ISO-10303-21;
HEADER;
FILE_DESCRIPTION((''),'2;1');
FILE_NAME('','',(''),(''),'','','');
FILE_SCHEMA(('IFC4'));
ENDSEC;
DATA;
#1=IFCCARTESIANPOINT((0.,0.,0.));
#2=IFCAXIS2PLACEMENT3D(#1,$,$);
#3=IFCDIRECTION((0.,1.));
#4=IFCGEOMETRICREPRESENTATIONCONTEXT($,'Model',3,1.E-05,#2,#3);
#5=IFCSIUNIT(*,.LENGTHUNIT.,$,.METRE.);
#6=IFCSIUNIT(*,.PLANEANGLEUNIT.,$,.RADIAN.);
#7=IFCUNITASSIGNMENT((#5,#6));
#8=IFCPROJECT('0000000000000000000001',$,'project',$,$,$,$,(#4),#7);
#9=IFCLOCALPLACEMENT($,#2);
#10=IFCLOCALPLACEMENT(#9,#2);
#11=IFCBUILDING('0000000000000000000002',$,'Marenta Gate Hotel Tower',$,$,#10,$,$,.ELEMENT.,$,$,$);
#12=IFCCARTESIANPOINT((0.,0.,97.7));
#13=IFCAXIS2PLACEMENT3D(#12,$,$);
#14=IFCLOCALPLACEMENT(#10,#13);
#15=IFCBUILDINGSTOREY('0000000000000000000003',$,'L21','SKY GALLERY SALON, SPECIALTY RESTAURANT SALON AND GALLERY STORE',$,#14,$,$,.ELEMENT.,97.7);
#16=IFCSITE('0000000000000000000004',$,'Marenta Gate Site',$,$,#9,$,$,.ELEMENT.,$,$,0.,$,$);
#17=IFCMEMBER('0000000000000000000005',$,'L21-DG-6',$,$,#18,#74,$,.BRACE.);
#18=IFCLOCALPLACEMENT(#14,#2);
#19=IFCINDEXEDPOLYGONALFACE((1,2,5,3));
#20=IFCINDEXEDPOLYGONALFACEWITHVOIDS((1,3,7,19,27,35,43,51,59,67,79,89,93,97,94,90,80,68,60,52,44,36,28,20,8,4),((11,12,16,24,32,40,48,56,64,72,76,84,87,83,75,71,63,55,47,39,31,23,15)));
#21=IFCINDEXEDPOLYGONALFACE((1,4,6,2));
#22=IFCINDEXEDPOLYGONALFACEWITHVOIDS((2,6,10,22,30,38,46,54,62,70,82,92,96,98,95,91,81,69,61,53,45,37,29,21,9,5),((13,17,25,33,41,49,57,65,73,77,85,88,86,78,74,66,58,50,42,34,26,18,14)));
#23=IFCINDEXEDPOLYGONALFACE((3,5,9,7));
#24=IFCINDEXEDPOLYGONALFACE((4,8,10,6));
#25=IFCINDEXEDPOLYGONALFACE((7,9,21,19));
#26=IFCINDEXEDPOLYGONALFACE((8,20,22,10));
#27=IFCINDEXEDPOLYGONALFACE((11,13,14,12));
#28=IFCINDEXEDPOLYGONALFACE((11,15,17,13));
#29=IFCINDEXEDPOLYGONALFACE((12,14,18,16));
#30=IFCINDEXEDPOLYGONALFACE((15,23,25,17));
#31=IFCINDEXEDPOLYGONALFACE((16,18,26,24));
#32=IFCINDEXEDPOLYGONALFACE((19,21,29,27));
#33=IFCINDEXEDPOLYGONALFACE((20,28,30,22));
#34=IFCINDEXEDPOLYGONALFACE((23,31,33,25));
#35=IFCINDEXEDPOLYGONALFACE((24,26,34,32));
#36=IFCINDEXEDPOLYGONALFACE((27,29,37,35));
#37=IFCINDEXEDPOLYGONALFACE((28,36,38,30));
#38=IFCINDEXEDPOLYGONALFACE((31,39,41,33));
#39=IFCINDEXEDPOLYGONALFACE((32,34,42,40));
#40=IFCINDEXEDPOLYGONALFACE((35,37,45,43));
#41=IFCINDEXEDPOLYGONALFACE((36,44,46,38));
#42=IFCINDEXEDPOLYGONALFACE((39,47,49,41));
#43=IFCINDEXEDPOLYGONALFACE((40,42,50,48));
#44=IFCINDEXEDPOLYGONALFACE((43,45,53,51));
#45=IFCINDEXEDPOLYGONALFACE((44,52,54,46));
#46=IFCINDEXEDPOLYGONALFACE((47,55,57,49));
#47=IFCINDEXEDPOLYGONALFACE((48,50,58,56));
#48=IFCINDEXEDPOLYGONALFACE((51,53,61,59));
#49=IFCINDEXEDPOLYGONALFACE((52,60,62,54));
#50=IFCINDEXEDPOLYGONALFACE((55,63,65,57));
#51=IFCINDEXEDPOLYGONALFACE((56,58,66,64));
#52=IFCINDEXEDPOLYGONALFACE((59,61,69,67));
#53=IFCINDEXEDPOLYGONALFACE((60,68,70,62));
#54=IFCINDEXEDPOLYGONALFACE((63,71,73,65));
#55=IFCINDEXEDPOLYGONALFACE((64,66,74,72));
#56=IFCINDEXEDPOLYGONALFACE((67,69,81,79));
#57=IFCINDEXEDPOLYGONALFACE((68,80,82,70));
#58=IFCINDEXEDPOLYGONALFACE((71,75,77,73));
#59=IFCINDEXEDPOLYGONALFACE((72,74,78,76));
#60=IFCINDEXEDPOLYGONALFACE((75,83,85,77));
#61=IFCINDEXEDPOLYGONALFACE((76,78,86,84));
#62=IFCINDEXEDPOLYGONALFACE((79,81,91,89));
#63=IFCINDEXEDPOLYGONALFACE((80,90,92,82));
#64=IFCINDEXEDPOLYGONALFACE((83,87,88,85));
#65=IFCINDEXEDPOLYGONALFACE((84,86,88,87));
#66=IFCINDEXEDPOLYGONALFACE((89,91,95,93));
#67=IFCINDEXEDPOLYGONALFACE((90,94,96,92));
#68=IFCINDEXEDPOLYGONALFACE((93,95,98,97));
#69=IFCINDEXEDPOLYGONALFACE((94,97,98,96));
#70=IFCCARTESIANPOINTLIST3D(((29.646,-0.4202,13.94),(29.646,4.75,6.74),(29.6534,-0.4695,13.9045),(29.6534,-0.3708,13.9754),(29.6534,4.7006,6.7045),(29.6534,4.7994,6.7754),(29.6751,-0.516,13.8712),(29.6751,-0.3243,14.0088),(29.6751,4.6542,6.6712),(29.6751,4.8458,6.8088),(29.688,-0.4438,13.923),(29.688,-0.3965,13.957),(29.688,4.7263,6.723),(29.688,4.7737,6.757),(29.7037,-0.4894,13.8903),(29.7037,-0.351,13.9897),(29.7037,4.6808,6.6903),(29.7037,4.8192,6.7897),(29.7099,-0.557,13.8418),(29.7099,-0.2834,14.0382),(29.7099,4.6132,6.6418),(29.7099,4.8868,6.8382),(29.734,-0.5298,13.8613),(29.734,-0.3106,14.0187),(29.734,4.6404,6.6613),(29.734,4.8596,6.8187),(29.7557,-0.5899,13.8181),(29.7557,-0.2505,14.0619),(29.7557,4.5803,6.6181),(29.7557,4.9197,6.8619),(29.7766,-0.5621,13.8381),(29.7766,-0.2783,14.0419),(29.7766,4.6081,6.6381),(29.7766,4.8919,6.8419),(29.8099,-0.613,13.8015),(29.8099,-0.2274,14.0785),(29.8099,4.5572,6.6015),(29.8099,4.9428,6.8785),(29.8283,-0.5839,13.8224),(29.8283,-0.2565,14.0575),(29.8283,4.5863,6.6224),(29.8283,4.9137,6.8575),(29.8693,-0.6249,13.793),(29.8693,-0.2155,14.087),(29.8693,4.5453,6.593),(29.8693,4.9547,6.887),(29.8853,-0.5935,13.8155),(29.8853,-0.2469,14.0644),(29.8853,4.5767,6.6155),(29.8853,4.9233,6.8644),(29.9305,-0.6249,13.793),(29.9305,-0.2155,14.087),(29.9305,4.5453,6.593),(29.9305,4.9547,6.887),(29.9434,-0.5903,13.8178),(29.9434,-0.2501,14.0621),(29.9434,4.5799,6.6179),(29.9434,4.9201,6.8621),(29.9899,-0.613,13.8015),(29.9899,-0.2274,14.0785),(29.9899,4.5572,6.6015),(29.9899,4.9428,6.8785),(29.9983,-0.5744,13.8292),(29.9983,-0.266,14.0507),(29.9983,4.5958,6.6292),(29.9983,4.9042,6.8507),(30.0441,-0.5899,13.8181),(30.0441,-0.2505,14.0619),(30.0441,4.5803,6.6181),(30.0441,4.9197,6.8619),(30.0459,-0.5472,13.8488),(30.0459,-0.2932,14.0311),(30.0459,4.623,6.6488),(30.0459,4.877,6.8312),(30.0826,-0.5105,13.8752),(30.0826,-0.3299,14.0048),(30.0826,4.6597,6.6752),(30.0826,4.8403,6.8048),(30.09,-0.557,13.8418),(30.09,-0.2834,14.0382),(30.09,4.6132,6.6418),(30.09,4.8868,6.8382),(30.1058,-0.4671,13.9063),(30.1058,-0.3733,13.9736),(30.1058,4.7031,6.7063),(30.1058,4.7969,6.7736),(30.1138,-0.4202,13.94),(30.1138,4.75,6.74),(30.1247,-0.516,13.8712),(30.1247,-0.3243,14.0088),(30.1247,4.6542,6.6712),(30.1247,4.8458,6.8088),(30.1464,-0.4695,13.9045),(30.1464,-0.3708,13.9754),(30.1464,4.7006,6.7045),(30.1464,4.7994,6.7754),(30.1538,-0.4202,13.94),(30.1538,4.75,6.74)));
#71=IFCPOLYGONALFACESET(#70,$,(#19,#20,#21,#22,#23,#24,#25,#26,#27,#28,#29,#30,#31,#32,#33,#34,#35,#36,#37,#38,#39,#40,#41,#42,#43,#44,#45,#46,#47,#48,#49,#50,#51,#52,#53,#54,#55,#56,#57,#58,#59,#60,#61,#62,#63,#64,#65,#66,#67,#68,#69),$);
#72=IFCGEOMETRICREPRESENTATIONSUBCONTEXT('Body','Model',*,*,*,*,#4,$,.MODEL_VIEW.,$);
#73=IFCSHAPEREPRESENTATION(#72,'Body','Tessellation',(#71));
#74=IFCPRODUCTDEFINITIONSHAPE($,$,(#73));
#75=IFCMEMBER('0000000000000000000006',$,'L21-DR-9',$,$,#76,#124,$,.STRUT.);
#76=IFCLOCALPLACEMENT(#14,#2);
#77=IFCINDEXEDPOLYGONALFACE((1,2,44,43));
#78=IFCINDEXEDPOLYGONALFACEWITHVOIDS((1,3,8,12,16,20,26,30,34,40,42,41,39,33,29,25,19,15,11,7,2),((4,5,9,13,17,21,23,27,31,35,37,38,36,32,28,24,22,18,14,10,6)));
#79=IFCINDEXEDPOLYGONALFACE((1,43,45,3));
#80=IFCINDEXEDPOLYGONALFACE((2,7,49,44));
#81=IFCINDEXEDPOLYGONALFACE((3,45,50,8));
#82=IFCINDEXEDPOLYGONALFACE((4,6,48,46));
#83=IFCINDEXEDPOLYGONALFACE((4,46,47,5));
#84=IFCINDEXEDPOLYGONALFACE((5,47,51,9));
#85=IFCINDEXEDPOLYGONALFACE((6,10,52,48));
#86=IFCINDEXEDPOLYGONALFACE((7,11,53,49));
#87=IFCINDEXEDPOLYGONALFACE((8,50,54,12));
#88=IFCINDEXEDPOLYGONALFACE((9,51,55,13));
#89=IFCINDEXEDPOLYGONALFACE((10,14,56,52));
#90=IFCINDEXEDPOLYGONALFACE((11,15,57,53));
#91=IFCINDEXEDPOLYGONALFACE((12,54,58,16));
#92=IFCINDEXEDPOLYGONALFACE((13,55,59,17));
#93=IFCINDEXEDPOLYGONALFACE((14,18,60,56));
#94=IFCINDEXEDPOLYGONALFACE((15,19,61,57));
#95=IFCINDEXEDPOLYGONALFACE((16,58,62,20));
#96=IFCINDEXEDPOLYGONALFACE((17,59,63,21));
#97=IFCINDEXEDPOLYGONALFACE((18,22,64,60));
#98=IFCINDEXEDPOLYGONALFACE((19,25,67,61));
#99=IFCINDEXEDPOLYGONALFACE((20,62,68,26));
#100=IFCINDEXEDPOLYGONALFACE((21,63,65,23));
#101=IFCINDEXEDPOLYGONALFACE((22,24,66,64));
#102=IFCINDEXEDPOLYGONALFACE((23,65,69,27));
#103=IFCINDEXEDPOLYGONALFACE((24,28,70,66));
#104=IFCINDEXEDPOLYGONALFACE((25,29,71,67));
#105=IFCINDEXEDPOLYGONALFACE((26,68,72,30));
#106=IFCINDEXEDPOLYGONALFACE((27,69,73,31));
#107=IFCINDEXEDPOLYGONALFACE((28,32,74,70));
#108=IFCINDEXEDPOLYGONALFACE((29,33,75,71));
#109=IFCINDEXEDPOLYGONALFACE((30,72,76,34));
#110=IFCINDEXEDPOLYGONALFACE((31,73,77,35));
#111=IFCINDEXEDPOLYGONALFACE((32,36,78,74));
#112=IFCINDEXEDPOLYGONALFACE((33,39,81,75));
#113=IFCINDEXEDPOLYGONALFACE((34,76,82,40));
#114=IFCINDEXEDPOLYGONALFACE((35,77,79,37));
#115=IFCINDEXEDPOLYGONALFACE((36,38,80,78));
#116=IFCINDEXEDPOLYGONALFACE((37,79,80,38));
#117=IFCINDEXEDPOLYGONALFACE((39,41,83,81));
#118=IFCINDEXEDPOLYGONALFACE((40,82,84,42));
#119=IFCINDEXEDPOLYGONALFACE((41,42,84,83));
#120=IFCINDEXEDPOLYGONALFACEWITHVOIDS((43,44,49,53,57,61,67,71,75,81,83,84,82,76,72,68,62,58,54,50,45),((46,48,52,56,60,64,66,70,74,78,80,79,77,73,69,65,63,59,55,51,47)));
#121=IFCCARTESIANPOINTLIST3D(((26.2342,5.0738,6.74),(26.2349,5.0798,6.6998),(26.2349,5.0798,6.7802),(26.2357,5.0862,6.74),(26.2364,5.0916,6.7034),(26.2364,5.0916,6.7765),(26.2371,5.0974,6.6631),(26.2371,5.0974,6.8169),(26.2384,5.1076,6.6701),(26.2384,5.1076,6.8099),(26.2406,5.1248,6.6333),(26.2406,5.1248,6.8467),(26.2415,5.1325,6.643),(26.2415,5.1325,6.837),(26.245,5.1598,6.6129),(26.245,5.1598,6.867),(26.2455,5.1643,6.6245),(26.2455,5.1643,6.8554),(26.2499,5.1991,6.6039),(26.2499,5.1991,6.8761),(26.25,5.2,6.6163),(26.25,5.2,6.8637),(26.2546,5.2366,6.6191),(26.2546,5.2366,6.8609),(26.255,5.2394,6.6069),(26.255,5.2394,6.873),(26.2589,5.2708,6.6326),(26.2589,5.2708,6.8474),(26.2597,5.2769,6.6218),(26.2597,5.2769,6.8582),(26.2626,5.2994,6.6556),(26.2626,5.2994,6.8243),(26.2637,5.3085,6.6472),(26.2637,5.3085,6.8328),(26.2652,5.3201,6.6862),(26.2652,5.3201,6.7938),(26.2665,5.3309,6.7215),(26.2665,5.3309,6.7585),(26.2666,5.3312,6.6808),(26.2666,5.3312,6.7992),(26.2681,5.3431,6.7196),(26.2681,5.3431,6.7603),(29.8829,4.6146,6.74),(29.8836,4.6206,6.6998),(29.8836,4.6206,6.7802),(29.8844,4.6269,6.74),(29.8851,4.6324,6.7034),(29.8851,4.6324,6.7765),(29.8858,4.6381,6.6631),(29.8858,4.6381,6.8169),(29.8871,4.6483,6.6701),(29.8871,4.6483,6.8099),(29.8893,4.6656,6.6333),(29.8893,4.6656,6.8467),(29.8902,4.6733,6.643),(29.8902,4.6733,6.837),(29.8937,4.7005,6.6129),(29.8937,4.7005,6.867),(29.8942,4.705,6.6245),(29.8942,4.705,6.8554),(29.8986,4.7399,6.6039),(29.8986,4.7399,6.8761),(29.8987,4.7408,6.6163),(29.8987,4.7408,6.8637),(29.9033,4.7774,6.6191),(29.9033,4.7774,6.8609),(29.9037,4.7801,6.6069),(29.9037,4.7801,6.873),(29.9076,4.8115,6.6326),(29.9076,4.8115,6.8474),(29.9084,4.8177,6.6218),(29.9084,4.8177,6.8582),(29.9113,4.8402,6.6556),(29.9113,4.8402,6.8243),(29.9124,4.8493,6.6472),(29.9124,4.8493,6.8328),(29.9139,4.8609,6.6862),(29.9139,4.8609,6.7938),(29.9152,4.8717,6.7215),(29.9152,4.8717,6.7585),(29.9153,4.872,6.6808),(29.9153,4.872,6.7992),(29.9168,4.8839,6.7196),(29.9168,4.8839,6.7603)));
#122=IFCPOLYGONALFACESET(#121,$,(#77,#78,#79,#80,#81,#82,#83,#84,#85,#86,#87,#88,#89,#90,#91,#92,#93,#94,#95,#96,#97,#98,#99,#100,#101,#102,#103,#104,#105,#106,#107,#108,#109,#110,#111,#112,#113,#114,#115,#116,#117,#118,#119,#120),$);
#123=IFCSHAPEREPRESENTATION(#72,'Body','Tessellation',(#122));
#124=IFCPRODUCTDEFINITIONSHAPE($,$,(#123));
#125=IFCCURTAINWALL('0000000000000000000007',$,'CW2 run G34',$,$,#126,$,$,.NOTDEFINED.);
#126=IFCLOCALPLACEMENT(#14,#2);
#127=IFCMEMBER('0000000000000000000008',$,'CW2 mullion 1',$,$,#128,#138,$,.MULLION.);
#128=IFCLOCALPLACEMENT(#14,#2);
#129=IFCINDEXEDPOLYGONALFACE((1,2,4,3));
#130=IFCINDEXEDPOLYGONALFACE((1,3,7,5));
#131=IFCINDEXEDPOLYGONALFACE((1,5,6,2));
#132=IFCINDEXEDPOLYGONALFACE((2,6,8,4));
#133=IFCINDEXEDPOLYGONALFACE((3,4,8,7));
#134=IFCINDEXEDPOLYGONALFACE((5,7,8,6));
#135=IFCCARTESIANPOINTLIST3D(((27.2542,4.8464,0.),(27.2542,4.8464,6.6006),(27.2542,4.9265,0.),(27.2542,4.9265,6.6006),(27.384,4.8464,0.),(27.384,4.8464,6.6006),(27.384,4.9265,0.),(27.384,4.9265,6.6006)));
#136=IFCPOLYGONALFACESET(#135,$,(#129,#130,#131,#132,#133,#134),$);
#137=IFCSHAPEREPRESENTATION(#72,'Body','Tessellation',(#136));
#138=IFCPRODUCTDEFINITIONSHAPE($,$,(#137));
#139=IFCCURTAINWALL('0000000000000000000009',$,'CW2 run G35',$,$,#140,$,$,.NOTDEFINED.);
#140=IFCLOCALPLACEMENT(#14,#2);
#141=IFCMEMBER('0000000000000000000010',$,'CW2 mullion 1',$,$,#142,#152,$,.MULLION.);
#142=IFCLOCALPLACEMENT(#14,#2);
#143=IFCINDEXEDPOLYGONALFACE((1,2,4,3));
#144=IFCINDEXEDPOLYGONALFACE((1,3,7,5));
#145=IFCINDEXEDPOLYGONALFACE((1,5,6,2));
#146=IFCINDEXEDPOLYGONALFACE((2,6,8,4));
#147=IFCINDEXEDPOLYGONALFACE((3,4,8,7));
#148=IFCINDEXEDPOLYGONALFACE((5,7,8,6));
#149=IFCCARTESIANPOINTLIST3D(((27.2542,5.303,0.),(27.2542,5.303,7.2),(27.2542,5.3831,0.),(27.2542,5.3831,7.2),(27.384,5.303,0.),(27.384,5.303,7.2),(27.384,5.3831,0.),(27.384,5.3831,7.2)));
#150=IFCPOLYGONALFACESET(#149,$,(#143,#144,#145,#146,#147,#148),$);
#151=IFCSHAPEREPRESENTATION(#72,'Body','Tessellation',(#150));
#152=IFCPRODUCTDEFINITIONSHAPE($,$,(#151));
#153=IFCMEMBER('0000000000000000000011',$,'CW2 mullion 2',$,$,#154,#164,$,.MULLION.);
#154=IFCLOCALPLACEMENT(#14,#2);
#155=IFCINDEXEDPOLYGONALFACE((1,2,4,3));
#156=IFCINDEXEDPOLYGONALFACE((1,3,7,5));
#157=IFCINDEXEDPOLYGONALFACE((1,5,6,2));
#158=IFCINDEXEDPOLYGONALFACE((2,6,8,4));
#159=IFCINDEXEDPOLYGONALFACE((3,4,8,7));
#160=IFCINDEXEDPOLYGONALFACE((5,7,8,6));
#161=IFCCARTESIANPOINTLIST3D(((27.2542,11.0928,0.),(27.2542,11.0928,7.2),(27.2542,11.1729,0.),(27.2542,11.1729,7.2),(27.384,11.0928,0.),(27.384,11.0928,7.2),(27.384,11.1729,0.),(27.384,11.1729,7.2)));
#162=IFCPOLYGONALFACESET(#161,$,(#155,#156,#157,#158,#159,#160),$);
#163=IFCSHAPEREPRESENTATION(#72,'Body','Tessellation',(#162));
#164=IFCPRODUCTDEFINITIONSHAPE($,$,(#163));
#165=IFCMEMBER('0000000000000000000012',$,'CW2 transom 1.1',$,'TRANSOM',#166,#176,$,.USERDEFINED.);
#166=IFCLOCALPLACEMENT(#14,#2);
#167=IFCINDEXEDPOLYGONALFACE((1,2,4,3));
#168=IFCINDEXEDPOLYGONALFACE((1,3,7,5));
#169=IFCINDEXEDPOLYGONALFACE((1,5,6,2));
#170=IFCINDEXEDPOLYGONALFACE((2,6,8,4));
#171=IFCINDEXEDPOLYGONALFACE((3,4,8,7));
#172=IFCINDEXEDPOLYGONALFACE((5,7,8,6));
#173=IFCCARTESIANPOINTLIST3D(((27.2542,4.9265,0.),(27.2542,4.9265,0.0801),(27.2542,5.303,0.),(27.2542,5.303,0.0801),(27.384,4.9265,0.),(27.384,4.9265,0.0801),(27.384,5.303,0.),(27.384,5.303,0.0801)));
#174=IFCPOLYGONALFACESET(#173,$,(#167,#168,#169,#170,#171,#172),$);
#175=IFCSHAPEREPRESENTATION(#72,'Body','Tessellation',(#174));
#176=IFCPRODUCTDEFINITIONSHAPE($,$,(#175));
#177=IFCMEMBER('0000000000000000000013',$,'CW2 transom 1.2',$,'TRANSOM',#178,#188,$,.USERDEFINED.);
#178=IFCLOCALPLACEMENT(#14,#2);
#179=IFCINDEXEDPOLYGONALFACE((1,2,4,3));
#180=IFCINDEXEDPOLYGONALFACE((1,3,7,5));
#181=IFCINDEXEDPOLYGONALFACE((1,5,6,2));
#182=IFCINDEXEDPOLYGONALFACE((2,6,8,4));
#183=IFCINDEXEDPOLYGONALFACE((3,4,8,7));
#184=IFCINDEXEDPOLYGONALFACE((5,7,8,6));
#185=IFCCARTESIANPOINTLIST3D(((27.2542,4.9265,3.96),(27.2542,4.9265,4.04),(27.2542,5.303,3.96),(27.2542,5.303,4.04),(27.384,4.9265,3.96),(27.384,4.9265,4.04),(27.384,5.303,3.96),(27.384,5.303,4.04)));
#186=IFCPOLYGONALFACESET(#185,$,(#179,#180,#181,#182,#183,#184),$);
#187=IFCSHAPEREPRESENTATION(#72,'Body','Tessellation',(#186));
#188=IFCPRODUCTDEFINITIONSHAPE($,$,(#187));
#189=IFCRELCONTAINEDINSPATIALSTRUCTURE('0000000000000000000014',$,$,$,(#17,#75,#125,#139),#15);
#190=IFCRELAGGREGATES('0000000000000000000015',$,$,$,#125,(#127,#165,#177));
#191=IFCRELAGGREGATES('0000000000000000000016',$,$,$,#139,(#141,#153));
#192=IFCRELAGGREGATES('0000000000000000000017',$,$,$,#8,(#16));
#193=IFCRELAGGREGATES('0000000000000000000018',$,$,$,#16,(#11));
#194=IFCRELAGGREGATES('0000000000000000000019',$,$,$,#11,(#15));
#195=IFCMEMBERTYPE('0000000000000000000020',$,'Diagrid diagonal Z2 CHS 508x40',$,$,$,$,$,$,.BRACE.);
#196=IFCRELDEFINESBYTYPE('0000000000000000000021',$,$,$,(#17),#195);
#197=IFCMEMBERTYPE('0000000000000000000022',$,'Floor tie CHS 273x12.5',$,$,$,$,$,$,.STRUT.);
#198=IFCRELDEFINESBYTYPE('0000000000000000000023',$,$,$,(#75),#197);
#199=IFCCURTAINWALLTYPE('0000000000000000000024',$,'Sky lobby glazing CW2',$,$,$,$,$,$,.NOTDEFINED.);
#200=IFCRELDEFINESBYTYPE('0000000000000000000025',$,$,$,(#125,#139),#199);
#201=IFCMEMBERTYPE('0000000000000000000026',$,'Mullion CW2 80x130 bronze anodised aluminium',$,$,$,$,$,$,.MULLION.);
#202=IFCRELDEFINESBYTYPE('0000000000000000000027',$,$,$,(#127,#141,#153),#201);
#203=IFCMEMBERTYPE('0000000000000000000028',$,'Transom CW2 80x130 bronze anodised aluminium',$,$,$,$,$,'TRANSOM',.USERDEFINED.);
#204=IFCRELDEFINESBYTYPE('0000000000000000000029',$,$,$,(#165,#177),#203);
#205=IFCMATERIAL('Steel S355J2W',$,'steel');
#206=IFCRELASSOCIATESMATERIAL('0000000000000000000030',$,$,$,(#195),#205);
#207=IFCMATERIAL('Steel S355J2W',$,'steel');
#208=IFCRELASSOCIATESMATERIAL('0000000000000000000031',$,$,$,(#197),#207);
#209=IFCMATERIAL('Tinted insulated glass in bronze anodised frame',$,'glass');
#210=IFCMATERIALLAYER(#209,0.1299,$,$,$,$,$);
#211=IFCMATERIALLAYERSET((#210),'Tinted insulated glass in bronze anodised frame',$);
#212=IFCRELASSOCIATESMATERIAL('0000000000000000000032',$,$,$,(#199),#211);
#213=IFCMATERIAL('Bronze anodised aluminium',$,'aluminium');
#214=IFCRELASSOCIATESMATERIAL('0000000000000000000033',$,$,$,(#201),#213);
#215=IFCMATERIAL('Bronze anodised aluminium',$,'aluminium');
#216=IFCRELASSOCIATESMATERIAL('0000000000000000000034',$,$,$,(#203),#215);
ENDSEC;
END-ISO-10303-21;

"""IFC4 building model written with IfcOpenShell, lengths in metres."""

from ifc_helpers import new_model, si_unit, direction, frame, origin, origin_2d, place, context, subcontext, project, spatial, rectangle, hollow_circle, extrude, material, layer, layer_set, material_profile, profile_set, type_object, element, aggregate, save


model = new_model("IFC4")

# Units and contexts
model_context = context("Model", 3, precision=1e-05, world=origin(), true_north=direction((0.0, 1.0)))
body_context = subcontext(model_context, "Body", "Model", "MODEL_VIEW")
ifc_project = project(units=[si_unit("LENGTHUNIT", "METRE"), si_unit("PLANEANGLEUNIT", "RADIAN")], contexts=[model_context])

# Site, building, storey
site_placement = place(None, origin())
site = spatial("IfcSite", under=ifc_project, at=site_placement, Name="Marenta Gate Site", CompositionType="ELEMENT", RefElevation=0.0)
building_placement = place(site_placement, origin())
building = spatial("IfcBuilding", under=site, at=building_placement, Name="Marenta Gate Hotel Tower", CompositionType="ELEMENT")
storey_placement = place(building_placement, frame((0.0, 0.0, 97.7)))
storey = spatial("IfcBuildingStorey", under=building, at=storey_placement, Name="L21", Description="SKY GALLERY SALON, SPECIALTY RESTAURANT SALON AND GALLERY STORE", CompositionType="ELEMENT", Elevation=97.7)

# Members
ifc_material_1 = material(Name="Steel S355J2W", Category="steel")
ifc_material_profile_1 = material_profile(ifc_material_1, hollow_circle(Radius=0.2539, WallThickness=0.04, at=origin_2d()), Name="CHS 508x40")
ifc_profile_set_1 = profile_set([ifc_material_profile_1], Name="Steel S355J2W")
member_type_1 = type_object("IfcMemberType", Name="Diagrid diagonal Z2 CHS 508x40", PredefinedType="BRACE", material=ifc_profile_set_1)
member_1_placement = place(storey_placement, frame((29.8999, 4.75, 6.74), z_axis=(0.0, -0.583279, 0.812272), x_axis=(1.0, 0.0, 0.0)))
element("IfcMember", 1, at=member_1_placement, inside=storey, type_object=member_type_1, Name="L21-DG-6", PredefinedType="BRACE", context=body_context, shape_type="SweptSolid", body=[
    extrude(hollow_circle(Radius=0.2539, WallThickness=0.04, at=origin_2d()), origin(), (0.0, 0.0, 1.0), 8.864),
])
ifc_material_2 = material(Name="Steel S355J2W", Category="steel")
ifc_material_profile_2 = material_profile(ifc_material_2, hollow_circle(Radius=0.1365, WallThickness=0.0125, at=origin_2d()), Name="CHS 273x12.5")
ifc_profile_set_2 = profile_set([ifc_material_profile_2], Name="Steel S355J2W")
member_type_2 = type_object("IfcMemberType", Name="Floor tie CHS 273x12.5", PredefinedType="STRUT", material=ifc_profile_set_2)
member_2_placement = place(storey_placement, frame((29.8999, 4.75, 6.74), z_axis=(-0.992172, 0.124876, 0.0), x_axis=(-0.124876, -0.992172, 0.0)))
element("IfcMember", 2, at=member_2_placement, inside=storey, type_object=member_type_2, Name="L21-DR-9", PredefinedType="STRUT", context=body_context, shape_type="SweptSolid", body=[
    extrude(hollow_circle(Radius=0.1365, WallThickness=0.0125, at=origin_2d()), origin(), (0.0, 0.0, 1.0), 3.6775),
])

# Curtain wall, member
ifc_material_3 = material(Name="Tinted insulated glass in bronze anodised frame", Category="glass")
ifc_layer_1 = layer(ifc_material_3, 0.1299)
ifc_layer_set_1 = layer_set([ifc_layer_1], Name="Tinted insulated glass in bronze anodised frame")
curtain_wall_type = type_object("IfcCurtainWallType", Name="Sky lobby glazing CW2", PredefinedType="NOTDEFINED", material=ifc_layer_set_1)
curtain_wall_1_placement = place(storey_placement, origin())
curtain_wall_1 = element("IfcCurtainWall", 3, at=curtain_wall_1_placement, inside=storey, type_object=curtain_wall_type, Name="CW2 run G34", PredefinedType="NOTDEFINED")
ifc_material_4 = material(Name="Bronze anodised aluminium", Category="aluminium")
ifc_material_profile_3 = material_profile(ifc_material_4, rectangle(XDim=0.1299, YDim=0.0801, at=origin_2d()), Name="Mullion CW2 80x130 bronze anodised aluminium")
ifc_profile_set_3 = profile_set([ifc_material_profile_3], Name="Bronze anodised aluminium")
member_type_3 = type_object("IfcMemberType", Name="Mullion CW2 80x130 bronze anodised aluminium", PredefinedType="MULLION", material=ifc_profile_set_3)
member_3_placement = place(storey_placement, frame((27.3191, 4.8865, 0.0), z_axis=(0.0, 0.0, 1.0), x_axis=(-1.0, 0.0, 0.0)))
member_3 = element("IfcMember", 4, at=member_3_placement, type_object=member_type_3, Name="CW2 mullion 1", PredefinedType="MULLION", context=body_context, shape_type="SweptSolid", body=[
    extrude(rectangle(XDim=0.1299, YDim=0.0801, at=origin_2d()), origin(), (0.0, 0.0, 1.0), 6.6006),
])

# Curtain wall, members
curtain_wall_2_placement = place(storey_placement, origin())
curtain_wall_2 = element("IfcCurtainWall", 5, at=curtain_wall_2_placement, inside=storey, type_object=curtain_wall_type, Name="CW2 run G35", PredefinedType="NOTDEFINED")
member_4_placement = place(storey_placement, frame((27.3191, 5.343, 0.0), z_axis=(0.0, 0.0, 1.0), x_axis=(-1.0, 0.0, 0.0)))
member_4 = element("IfcMember", 6, at=member_4_placement, type_object=member_type_3, Name="CW2 mullion 1", PredefinedType="MULLION", context=body_context, shape_type="SweptSolid", body=[
    extrude(rectangle(XDim=0.1299, YDim=0.0801, at=origin_2d()), origin(), (0.0, 0.0, 1.0), 7.2),
])
member_5_placement = place(storey_placement, frame((27.3191, 11.1328, 0.0), z_axis=(0.0, 0.0, 1.0), x_axis=(-1.0, 0.0, 0.0)))
member_5 = element("IfcMember", 7, at=member_5_placement, type_object=member_type_3, Name="CW2 mullion 2", PredefinedType="MULLION", context=body_context, shape_type="SweptSolid", body=[
    extrude(rectangle(XDim=0.1299, YDim=0.0801, at=origin_2d()), origin(), (0.0, 0.0, 1.0), 7.2),
])

# Members
ifc_material_5 = material(Name="Bronze anodised aluminium", Category="aluminium")
ifc_material_profile_4 = material_profile(ifc_material_5, rectangle(XDim=0.1299, YDim=0.0801, at=origin_2d()), Name="Transom CW2 80x130 bronze anodised aluminium")
ifc_profile_set_4 = profile_set([ifc_material_profile_4], Name="Bronze anodised aluminium")
member_type_4 = type_object("IfcMemberType", Name="Transom CW2 80x130 bronze anodised aluminium", ElementType="TRANSOM", PredefinedType="USERDEFINED", material=ifc_profile_set_4)
member_6_placement = place(storey_placement, frame((27.3191, 4.9265, 0.04), z_axis=(0.0, 1.0, 0.0), x_axis=(-1.0, 0.0, 0.0)))
member_6 = element("IfcMember", 8, at=member_6_placement, type_object=member_type_4, Name="CW2 transom 1.1", ObjectType="TRANSOM", PredefinedType="USERDEFINED", context=body_context, shape_type="SweptSolid", body=[
    extrude(rectangle(XDim=0.1299, YDim=0.0801, at=origin_2d()), origin(), (0.0, 0.0, 1.0), 0.3765),
])
member_7_placement = place(storey_placement, frame((27.3191, 4.9265, 4.0), z_axis=(0.0, 1.0, 0.0), x_axis=(-1.0, 0.0, 0.0)))
member_7 = element("IfcMember", 9, at=member_7_placement, type_object=member_type_4, Name="CW2 transom 1.2", ObjectType="TRANSOM", PredefinedType="USERDEFINED", context=body_context, shape_type="SweptSolid", body=[
    extrude(rectangle(XDim=0.1299, YDim=0.0801, at=origin_2d()), origin(), (0.0, 0.0, 1.0), 0.3765),
])

aggregate(curtain_wall_1, [member_3, member_6, member_7])
aggregate(curtain_wall_2, [member_4, member_5])

save(model, "model.ifc")
